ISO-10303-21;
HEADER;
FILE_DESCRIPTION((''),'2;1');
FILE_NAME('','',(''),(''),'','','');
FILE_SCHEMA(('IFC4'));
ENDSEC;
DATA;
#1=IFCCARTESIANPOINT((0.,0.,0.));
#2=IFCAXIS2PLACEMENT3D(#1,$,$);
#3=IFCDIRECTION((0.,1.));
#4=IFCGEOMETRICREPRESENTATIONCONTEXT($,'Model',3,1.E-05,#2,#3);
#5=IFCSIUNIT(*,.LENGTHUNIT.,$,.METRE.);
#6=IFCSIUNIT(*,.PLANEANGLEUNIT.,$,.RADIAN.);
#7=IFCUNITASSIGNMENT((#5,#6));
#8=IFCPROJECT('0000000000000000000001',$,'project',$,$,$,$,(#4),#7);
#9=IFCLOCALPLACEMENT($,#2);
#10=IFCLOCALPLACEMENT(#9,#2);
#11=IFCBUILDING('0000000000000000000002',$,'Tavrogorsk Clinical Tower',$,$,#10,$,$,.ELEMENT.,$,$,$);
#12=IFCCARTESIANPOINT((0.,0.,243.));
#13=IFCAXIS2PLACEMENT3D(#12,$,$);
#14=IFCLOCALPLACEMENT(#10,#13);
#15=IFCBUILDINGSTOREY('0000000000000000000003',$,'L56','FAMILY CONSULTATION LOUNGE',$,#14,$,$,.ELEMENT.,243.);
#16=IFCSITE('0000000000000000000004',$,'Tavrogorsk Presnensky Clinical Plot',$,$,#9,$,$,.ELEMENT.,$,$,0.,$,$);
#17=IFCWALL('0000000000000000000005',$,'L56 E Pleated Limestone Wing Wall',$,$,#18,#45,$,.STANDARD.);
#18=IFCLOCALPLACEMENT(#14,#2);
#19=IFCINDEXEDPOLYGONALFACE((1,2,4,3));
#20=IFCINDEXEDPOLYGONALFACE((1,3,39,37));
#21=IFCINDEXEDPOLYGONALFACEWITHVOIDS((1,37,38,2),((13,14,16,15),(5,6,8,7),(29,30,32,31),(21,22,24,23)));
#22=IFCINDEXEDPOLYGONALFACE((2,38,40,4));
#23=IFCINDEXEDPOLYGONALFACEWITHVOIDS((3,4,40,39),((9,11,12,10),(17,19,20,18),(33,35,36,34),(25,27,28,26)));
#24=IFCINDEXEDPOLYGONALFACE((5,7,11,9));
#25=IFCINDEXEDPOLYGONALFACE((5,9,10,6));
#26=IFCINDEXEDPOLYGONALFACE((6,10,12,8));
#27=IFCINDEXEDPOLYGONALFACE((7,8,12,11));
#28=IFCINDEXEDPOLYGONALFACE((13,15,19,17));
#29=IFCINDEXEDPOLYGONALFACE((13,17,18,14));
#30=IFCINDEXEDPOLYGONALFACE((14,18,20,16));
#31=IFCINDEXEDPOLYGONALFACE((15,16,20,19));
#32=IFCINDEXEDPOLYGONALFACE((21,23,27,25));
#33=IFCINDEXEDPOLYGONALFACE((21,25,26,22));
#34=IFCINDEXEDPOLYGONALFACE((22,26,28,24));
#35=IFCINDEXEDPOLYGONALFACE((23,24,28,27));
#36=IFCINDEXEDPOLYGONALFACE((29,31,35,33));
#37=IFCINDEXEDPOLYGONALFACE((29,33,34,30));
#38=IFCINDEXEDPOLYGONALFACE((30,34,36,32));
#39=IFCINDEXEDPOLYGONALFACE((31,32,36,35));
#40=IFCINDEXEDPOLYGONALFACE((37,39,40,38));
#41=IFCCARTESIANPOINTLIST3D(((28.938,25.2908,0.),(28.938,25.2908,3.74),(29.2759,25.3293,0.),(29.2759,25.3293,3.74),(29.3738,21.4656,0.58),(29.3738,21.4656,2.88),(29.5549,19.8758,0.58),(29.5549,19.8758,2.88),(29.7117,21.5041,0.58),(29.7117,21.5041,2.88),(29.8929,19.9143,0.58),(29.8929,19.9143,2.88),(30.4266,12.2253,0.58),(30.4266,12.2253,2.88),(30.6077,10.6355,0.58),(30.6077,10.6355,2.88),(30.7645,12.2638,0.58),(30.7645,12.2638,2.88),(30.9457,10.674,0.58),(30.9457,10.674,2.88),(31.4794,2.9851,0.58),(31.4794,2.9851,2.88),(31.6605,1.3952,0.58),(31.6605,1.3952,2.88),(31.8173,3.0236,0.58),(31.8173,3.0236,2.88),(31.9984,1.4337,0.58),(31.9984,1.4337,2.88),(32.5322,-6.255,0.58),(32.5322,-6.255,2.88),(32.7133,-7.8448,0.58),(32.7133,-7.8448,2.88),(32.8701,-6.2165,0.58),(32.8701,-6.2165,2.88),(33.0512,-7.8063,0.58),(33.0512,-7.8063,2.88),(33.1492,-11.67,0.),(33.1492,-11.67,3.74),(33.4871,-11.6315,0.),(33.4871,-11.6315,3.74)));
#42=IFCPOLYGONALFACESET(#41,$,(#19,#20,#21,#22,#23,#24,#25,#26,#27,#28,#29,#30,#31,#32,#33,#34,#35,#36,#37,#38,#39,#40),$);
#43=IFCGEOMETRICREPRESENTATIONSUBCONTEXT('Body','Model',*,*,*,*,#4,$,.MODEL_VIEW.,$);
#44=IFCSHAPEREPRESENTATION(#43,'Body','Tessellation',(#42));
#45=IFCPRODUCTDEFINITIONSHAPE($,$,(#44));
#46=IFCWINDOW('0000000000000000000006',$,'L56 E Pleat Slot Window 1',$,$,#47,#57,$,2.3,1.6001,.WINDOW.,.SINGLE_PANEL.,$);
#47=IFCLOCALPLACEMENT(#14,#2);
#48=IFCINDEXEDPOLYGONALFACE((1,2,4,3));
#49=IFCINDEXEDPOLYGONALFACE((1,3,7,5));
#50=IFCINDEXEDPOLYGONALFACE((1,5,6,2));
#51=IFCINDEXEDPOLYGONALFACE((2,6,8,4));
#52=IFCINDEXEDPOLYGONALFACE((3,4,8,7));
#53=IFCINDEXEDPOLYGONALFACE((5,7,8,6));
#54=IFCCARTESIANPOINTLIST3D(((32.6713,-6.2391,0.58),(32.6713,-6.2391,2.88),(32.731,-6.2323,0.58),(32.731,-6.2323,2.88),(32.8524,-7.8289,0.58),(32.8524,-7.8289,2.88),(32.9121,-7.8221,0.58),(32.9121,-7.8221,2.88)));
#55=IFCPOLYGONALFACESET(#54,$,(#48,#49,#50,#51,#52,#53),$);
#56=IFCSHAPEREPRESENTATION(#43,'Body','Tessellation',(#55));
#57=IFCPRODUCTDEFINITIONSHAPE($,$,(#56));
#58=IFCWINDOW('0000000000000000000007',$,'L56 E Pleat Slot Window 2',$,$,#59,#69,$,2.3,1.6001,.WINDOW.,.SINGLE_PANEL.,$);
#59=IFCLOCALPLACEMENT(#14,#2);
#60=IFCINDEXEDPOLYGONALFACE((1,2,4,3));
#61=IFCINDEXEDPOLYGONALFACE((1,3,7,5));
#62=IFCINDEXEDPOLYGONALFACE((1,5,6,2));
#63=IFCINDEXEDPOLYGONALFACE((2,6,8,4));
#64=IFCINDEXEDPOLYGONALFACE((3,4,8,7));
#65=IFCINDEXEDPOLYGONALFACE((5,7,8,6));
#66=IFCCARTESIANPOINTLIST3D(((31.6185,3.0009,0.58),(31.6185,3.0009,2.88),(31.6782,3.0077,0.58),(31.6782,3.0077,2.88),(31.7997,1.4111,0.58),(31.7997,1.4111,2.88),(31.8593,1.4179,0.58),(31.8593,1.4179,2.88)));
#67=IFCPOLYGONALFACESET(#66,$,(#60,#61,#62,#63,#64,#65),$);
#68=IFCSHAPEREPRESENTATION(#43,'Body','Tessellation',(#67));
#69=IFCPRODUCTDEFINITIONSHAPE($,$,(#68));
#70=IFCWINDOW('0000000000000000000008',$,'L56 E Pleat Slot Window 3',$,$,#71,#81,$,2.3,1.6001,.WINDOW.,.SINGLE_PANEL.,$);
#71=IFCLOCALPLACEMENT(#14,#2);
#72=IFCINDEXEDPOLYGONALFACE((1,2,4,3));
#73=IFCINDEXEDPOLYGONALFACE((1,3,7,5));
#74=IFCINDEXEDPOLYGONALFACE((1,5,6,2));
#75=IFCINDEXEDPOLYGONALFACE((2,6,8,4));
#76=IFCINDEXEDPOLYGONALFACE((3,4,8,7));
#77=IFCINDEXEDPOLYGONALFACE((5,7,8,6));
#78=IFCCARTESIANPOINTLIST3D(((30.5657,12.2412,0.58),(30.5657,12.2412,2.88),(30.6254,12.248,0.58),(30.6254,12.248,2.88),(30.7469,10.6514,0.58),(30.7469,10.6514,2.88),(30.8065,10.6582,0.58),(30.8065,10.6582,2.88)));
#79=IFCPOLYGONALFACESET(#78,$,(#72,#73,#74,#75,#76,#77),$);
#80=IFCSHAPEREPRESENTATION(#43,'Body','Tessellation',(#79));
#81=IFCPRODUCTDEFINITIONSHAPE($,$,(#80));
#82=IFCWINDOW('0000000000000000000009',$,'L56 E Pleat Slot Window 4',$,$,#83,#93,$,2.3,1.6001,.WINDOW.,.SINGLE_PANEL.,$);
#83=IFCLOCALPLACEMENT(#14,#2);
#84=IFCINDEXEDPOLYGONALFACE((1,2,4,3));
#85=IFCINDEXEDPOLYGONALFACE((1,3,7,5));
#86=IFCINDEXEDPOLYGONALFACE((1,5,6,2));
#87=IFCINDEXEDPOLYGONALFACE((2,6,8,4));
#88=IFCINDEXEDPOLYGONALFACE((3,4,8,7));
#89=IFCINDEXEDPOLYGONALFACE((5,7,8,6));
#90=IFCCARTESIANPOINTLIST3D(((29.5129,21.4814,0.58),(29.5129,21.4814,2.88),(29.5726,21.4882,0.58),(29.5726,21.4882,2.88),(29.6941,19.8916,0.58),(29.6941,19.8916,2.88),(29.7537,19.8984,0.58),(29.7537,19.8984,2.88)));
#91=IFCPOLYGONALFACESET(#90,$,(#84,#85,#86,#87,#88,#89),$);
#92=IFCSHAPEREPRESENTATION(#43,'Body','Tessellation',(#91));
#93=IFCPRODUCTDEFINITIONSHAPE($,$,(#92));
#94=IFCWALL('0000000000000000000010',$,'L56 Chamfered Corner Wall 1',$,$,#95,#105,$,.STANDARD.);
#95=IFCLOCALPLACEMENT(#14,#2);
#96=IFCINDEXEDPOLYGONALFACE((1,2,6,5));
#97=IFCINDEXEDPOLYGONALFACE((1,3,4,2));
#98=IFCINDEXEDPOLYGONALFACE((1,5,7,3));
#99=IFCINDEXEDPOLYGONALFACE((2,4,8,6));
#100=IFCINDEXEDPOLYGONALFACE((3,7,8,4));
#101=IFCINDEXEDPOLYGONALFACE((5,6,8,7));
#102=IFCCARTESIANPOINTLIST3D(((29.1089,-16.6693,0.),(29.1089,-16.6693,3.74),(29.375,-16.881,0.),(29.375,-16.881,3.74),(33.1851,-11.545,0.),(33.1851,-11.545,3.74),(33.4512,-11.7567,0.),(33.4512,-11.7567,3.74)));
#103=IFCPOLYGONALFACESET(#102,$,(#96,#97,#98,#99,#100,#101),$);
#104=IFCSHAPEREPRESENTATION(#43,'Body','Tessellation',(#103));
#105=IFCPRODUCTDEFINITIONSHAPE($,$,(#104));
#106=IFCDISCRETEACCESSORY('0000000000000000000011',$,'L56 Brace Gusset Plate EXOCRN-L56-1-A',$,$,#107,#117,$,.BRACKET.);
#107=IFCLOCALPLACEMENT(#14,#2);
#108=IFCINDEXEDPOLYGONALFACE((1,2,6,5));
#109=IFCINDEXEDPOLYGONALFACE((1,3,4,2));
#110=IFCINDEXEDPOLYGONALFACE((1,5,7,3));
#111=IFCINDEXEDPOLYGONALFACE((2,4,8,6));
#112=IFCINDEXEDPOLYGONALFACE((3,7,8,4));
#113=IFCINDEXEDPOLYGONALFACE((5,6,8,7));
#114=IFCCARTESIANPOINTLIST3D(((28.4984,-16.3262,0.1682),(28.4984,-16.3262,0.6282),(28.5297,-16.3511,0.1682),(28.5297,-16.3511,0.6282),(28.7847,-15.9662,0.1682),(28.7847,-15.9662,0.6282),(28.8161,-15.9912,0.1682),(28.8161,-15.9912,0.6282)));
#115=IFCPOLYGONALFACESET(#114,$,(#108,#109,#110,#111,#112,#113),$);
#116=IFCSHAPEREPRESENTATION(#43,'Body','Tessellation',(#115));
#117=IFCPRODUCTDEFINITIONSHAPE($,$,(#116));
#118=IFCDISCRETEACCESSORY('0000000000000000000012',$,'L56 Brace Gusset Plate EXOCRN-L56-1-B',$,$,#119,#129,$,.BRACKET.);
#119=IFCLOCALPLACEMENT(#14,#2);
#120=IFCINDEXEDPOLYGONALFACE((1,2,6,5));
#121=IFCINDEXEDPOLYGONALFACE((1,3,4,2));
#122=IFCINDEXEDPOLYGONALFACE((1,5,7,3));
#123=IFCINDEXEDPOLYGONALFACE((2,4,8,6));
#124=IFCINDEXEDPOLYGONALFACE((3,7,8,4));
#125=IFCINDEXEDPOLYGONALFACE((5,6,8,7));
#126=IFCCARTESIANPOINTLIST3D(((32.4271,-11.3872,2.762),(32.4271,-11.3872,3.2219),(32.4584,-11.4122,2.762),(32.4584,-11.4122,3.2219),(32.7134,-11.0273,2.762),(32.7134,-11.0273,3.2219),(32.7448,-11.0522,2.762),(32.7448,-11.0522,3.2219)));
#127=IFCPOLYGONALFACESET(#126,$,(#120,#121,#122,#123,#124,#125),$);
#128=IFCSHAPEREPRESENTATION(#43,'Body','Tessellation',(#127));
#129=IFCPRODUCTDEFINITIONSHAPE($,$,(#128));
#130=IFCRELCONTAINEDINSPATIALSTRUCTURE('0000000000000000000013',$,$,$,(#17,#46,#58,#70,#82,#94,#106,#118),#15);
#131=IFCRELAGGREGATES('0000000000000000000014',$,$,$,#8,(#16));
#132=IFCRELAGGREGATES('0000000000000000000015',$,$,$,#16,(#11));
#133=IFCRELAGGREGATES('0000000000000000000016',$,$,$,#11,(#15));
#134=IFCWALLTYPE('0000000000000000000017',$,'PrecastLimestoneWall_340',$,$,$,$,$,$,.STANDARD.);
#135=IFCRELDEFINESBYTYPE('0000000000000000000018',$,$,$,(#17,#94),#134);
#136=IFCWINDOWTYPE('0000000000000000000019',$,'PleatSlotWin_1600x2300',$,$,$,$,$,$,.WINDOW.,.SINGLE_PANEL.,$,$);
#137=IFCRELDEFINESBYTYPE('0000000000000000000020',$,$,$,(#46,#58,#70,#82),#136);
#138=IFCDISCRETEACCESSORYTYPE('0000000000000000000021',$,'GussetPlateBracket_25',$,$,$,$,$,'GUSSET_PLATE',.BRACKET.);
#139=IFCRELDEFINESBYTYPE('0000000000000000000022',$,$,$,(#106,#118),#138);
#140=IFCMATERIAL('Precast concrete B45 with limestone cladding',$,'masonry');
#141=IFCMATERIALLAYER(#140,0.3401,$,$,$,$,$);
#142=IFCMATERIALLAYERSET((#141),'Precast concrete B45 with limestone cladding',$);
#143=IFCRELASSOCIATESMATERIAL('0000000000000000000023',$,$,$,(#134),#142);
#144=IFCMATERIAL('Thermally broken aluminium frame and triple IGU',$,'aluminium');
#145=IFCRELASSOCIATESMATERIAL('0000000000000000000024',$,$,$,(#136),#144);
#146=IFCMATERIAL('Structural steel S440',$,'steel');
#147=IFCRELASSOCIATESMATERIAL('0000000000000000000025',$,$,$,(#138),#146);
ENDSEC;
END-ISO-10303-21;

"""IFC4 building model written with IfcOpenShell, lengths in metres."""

from ifc_helpers import new_model, si_unit, direction, frame, frame_2d, origin, origin_2d, place, context, subcontext, project, spatial, rectangle, extrude, material, layer, layer_set, type_object, element, fill, save


model = new_model("IFC4")

# Units and contexts
model_context = context("Model", 3, precision=1e-05, world=origin(), true_north=direction((0.0, 1.0)))
body_context = subcontext(model_context, "Body", "Model", "MODEL_VIEW")
ifc_project = project(units=[si_unit("LENGTHUNIT", "METRE"), si_unit("PLANEANGLEUNIT", "RADIAN")], contexts=[model_context])

# Site, building, storey
site_placement = place(None, origin())
site = spatial("IfcSite", under=ifc_project, at=site_placement, Name="Tavrogorsk Presnensky Clinical Plot", CompositionType="ELEMENT", RefElevation=0.0)
building_placement = place(site_placement, origin())
building = spatial("IfcBuilding", under=site, at=building_placement, Name="Tavrogorsk Clinical Tower", CompositionType="ELEMENT")
storey_placement = place(building_placement, frame((0.0, 0.0, 243.0)))
storey = spatial("IfcBuildingStorey", under=building, at=storey_placement, Name="L56", Description="FAMILY CONSULTATION LOUNGE", CompositionType="ELEMENT", Elevation=243.0)

# Wall, openings, windows
ifc_material_1 = material(Name="Precast concrete B45 with limestone cladding", Category="masonry")
ifc_layer_1 = layer(ifc_material_1, 0.3401)
ifc_layer_set_1 = layer_set([ifc_layer_1], Name="Precast concrete B45 with limestone cladding")
wall_type_1 = type_object("IfcWallType", Name="PrecastLimestoneWall_340", PredefinedType="STANDARD", material=ifc_layer_set_1)
wall_1_placement = place(storey_placement, frame((33.3181, -11.6509, 0.0), z_axis=(0.0, 0.0, 1.0), x_axis=(-0.113204, 0.993572, 0.0)))
wall_1 = element("IfcWall", 1, at=wall_1_placement, inside=storey, type_object=wall_type_1, Name="L56 E Pleated Limestone Wing Wall", PredefinedType="STANDARD", context=body_context, shape_type="SweptSolid", body=[
    extrude(rectangle(XDim=37.2, YDim=0.3401, at=frame_2d((18.6001, 0.0))), origin(), (0.0, 0.0, 1.0), 3.74),
])
opening_1_placement = place(wall_1_placement, frame((3.8501, 0.0, 0.5801)))
opening_1 = element("IfcOpeningElement", 2, at=opening_1_placement, cuts=wall_1, PredefinedType="OPENING", context=body_context, shape_type="SweptSolid", body=[
    extrude(rectangle(XDim=1.6001, YDim=2.3, at=frame_2d((0.8, 1.1499))), frame((0.0, 0.1799, 0.0), z_axis=(0.0, -1.0, 0.0), x_axis=(1.0, 0.0, 0.0)), (0.0, 0.0, 1.0), 0.3601),
])
opening_2_placement = place(wall_1_placement, frame((13.1499, 0.0, 0.5801)))
opening_2 = element("IfcOpeningElement", 3, at=opening_2_placement, cuts=wall_1, PredefinedType="OPENING", context=body_context, shape_type="SweptSolid", body=[
    extrude(rectangle(XDim=1.6001, YDim=2.3, at=frame_2d((0.8, 1.1499))), frame((0.0, 0.1799, 0.0), z_axis=(0.0, -1.0, 0.0), x_axis=(1.0, 0.0, 0.0)), (0.0, 0.0, 1.0), 0.3601),
])
opening_3_placement = place(wall_1_placement, frame((22.45, 0.0, 0.5801)))
opening_3 = element("IfcOpeningElement", 4, at=opening_3_placement, cuts=wall_1, PredefinedType="OPENING", context=body_context, shape_type="SweptSolid", body=[
    extrude(rectangle(XDim=1.6001, YDim=2.3, at=frame_2d((0.8, 1.1499))), frame((0.0, 0.1799, 0.0), z_axis=(0.0, -1.0, 0.0), x_axis=(1.0, 0.0, 0.0)), (0.0, 0.0, 1.0), 0.3601),
])
opening_4_placement = place(wall_1_placement, frame((31.75, 0.0, 0.5801)))
opening_4 = element("IfcOpeningElement", 5, at=opening_4_placement, cuts=wall_1, PredefinedType="OPENING", context=body_context, shape_type="SweptSolid", body=[
    extrude(rectangle(XDim=1.6001, YDim=2.3, at=frame_2d((0.8, 1.1499))), frame((0.0, 0.1799, 0.0), z_axis=(0.0, -1.0, 0.0), x_axis=(1.0, 0.0, 0.0)), (0.0, 0.0, 1.0), 0.3601),
])
ifc_material_2 = material(Name="Thermally broken aluminium frame and triple IGU", Category="aluminium")
window_type = type_object("IfcWindowType", Name="PleatSlotWin_1600x2300", PartitioningType="SINGLE_PANEL", PredefinedType="WINDOW", material=ifc_material_2)
window_1_placement = place(opening_1_placement, origin())
window_1 = element("IfcWindow", 6, at=window_1_placement, inside=storey, type_object=window_type, Name="L56 E Pleat Slot Window 1", OverallHeight=2.3, OverallWidth=1.6001, PartitioningType="SINGLE_PANEL", PredefinedType="WINDOW", context=body_context, shape_type="SweptSolid", body=[
    extrude(rectangle(XDim=1.6001, YDim=2.3, at=frame_2d((0.8, 1.1499))), frame((0.0, 0.03, 0.0), z_axis=(0.0, -1.0, 0.0), x_axis=(1.0, 0.0, 0.0)), (0.0, 0.0, 1.0), 0.0601),
])
fill(opening_1, window_1)
window_2_placement = place(opening_2_placement, origin())
window_2 = element("IfcWindow", 7, at=window_2_placement, inside=storey, type_object=window_type, Name="L56 E Pleat Slot Window 2", OverallHeight=2.3, OverallWidth=1.6001, PartitioningType="SINGLE_PANEL", PredefinedType="WINDOW", context=body_context, shape_type="SweptSolid", body=[
    extrude(rectangle(XDim=1.6001, YDim=2.3, at=frame_2d((0.8, 1.1499))), frame((0.0, 0.03, 0.0), z_axis=(0.0, -1.0, 0.0), x_axis=(1.0, 0.0, 0.0)), (0.0, 0.0, 1.0), 0.0601),
])
fill(opening_2, window_2)
window_3_placement = place(opening_3_placement, origin())
window_3 = element("IfcWindow", 8, at=window_3_placement, inside=storey, type_object=window_type, Name="L56 E Pleat Slot Window 3", OverallHeight=2.3, OverallWidth=1.6001, PartitioningType="SINGLE_PANEL", PredefinedType="WINDOW", context=body_context, shape_type="SweptSolid", body=[
    extrude(rectangle(XDim=1.6001, YDim=2.3, at=frame_2d((0.8, 1.1499))), frame((0.0, 0.03, 0.0), z_axis=(0.0, -1.0, 0.0), x_axis=(1.0, 0.0, 0.0)), (0.0, 0.0, 1.0), 0.0601),
])
fill(opening_3, window_3)
window_4_placement = place(opening_4_placement, origin())
window_4 = element("IfcWindow", 9, at=window_4_placement, inside=storey, type_object=window_type, Name="L56 E Pleat Slot Window 4", OverallHeight=2.3, OverallWidth=1.6001, PartitioningType="SINGLE_PANEL", PredefinedType="WINDOW", context=body_context, shape_type="SweptSolid", body=[
    extrude(rectangle(XDim=1.6001, YDim=2.3, at=frame_2d((0.8, 1.1499))), frame((0.0, 0.03, 0.0), z_axis=(0.0, -1.0, 0.0), x_axis=(1.0, 0.0, 0.0)), (0.0, 0.0, 1.0), 0.0601),
])
fill(opening_4, window_4)

# Wall
wall_2_placement = place(storey_placement, frame((29.2419, -16.7751, 0.0), z_axis=(0.0, 0.0, 1.0), x_axis=(0.622528, 0.782597, 0.0)))
element("IfcWall", 10, at=wall_2_placement, inside=storey, type_object=wall_type_1, Name="L56 Chamfered Corner Wall 1", PredefinedType="STANDARD", context=body_context, shape_type="SweptSolid", body=[
    extrude(rectangle(XDim=6.5479, YDim=0.3401, at=frame_2d((3.2739, 0.0))), origin(), (0.0, 0.0, 1.0), 3.74),
])

# Discrete accessories
ifc_material_3 = material(Name="Structural steel S440", Category="steel")
discrete_accessory_type = type_object("IfcDiscreteAccessoryType", Name="GussetPlateBracket_25", ElementType="GUSSET_PLATE", PredefinedType="BRACKET", material=ifc_material_3)
for number, where, z_axis, x_axis, name in (
    (11, (28.6572, -16.1587, 0.1682), (0.0, 0.0, 1.0), (0.622515, 0.782608, 0.0), "L56 Brace Gusset Plate EXOCRN-L56-1-A"),
    (12, (32.5859, -11.2197, 2.762), (0.0, 0.0, 1.0), (0.622515, 0.782608, 0.0), "L56 Brace Gusset Plate EXOCRN-L56-1-B"),
):
    element("IfcDiscreteAccessory", number, at=place(storey_placement, frame(where, z_axis=z_axis, x_axis=x_axis)), inside=storey, type_object=discrete_accessory_type, Name=name, PredefinedType="BRACKET", context=body_context, shape_type="SweptSolid", body=[
        extrude(rectangle(XDim=0.46, YDim=0.04, at=origin_2d()), origin(), (0.0, 0.0, 1.0), 0.46),
    ])

save(model, "model.ifc")
